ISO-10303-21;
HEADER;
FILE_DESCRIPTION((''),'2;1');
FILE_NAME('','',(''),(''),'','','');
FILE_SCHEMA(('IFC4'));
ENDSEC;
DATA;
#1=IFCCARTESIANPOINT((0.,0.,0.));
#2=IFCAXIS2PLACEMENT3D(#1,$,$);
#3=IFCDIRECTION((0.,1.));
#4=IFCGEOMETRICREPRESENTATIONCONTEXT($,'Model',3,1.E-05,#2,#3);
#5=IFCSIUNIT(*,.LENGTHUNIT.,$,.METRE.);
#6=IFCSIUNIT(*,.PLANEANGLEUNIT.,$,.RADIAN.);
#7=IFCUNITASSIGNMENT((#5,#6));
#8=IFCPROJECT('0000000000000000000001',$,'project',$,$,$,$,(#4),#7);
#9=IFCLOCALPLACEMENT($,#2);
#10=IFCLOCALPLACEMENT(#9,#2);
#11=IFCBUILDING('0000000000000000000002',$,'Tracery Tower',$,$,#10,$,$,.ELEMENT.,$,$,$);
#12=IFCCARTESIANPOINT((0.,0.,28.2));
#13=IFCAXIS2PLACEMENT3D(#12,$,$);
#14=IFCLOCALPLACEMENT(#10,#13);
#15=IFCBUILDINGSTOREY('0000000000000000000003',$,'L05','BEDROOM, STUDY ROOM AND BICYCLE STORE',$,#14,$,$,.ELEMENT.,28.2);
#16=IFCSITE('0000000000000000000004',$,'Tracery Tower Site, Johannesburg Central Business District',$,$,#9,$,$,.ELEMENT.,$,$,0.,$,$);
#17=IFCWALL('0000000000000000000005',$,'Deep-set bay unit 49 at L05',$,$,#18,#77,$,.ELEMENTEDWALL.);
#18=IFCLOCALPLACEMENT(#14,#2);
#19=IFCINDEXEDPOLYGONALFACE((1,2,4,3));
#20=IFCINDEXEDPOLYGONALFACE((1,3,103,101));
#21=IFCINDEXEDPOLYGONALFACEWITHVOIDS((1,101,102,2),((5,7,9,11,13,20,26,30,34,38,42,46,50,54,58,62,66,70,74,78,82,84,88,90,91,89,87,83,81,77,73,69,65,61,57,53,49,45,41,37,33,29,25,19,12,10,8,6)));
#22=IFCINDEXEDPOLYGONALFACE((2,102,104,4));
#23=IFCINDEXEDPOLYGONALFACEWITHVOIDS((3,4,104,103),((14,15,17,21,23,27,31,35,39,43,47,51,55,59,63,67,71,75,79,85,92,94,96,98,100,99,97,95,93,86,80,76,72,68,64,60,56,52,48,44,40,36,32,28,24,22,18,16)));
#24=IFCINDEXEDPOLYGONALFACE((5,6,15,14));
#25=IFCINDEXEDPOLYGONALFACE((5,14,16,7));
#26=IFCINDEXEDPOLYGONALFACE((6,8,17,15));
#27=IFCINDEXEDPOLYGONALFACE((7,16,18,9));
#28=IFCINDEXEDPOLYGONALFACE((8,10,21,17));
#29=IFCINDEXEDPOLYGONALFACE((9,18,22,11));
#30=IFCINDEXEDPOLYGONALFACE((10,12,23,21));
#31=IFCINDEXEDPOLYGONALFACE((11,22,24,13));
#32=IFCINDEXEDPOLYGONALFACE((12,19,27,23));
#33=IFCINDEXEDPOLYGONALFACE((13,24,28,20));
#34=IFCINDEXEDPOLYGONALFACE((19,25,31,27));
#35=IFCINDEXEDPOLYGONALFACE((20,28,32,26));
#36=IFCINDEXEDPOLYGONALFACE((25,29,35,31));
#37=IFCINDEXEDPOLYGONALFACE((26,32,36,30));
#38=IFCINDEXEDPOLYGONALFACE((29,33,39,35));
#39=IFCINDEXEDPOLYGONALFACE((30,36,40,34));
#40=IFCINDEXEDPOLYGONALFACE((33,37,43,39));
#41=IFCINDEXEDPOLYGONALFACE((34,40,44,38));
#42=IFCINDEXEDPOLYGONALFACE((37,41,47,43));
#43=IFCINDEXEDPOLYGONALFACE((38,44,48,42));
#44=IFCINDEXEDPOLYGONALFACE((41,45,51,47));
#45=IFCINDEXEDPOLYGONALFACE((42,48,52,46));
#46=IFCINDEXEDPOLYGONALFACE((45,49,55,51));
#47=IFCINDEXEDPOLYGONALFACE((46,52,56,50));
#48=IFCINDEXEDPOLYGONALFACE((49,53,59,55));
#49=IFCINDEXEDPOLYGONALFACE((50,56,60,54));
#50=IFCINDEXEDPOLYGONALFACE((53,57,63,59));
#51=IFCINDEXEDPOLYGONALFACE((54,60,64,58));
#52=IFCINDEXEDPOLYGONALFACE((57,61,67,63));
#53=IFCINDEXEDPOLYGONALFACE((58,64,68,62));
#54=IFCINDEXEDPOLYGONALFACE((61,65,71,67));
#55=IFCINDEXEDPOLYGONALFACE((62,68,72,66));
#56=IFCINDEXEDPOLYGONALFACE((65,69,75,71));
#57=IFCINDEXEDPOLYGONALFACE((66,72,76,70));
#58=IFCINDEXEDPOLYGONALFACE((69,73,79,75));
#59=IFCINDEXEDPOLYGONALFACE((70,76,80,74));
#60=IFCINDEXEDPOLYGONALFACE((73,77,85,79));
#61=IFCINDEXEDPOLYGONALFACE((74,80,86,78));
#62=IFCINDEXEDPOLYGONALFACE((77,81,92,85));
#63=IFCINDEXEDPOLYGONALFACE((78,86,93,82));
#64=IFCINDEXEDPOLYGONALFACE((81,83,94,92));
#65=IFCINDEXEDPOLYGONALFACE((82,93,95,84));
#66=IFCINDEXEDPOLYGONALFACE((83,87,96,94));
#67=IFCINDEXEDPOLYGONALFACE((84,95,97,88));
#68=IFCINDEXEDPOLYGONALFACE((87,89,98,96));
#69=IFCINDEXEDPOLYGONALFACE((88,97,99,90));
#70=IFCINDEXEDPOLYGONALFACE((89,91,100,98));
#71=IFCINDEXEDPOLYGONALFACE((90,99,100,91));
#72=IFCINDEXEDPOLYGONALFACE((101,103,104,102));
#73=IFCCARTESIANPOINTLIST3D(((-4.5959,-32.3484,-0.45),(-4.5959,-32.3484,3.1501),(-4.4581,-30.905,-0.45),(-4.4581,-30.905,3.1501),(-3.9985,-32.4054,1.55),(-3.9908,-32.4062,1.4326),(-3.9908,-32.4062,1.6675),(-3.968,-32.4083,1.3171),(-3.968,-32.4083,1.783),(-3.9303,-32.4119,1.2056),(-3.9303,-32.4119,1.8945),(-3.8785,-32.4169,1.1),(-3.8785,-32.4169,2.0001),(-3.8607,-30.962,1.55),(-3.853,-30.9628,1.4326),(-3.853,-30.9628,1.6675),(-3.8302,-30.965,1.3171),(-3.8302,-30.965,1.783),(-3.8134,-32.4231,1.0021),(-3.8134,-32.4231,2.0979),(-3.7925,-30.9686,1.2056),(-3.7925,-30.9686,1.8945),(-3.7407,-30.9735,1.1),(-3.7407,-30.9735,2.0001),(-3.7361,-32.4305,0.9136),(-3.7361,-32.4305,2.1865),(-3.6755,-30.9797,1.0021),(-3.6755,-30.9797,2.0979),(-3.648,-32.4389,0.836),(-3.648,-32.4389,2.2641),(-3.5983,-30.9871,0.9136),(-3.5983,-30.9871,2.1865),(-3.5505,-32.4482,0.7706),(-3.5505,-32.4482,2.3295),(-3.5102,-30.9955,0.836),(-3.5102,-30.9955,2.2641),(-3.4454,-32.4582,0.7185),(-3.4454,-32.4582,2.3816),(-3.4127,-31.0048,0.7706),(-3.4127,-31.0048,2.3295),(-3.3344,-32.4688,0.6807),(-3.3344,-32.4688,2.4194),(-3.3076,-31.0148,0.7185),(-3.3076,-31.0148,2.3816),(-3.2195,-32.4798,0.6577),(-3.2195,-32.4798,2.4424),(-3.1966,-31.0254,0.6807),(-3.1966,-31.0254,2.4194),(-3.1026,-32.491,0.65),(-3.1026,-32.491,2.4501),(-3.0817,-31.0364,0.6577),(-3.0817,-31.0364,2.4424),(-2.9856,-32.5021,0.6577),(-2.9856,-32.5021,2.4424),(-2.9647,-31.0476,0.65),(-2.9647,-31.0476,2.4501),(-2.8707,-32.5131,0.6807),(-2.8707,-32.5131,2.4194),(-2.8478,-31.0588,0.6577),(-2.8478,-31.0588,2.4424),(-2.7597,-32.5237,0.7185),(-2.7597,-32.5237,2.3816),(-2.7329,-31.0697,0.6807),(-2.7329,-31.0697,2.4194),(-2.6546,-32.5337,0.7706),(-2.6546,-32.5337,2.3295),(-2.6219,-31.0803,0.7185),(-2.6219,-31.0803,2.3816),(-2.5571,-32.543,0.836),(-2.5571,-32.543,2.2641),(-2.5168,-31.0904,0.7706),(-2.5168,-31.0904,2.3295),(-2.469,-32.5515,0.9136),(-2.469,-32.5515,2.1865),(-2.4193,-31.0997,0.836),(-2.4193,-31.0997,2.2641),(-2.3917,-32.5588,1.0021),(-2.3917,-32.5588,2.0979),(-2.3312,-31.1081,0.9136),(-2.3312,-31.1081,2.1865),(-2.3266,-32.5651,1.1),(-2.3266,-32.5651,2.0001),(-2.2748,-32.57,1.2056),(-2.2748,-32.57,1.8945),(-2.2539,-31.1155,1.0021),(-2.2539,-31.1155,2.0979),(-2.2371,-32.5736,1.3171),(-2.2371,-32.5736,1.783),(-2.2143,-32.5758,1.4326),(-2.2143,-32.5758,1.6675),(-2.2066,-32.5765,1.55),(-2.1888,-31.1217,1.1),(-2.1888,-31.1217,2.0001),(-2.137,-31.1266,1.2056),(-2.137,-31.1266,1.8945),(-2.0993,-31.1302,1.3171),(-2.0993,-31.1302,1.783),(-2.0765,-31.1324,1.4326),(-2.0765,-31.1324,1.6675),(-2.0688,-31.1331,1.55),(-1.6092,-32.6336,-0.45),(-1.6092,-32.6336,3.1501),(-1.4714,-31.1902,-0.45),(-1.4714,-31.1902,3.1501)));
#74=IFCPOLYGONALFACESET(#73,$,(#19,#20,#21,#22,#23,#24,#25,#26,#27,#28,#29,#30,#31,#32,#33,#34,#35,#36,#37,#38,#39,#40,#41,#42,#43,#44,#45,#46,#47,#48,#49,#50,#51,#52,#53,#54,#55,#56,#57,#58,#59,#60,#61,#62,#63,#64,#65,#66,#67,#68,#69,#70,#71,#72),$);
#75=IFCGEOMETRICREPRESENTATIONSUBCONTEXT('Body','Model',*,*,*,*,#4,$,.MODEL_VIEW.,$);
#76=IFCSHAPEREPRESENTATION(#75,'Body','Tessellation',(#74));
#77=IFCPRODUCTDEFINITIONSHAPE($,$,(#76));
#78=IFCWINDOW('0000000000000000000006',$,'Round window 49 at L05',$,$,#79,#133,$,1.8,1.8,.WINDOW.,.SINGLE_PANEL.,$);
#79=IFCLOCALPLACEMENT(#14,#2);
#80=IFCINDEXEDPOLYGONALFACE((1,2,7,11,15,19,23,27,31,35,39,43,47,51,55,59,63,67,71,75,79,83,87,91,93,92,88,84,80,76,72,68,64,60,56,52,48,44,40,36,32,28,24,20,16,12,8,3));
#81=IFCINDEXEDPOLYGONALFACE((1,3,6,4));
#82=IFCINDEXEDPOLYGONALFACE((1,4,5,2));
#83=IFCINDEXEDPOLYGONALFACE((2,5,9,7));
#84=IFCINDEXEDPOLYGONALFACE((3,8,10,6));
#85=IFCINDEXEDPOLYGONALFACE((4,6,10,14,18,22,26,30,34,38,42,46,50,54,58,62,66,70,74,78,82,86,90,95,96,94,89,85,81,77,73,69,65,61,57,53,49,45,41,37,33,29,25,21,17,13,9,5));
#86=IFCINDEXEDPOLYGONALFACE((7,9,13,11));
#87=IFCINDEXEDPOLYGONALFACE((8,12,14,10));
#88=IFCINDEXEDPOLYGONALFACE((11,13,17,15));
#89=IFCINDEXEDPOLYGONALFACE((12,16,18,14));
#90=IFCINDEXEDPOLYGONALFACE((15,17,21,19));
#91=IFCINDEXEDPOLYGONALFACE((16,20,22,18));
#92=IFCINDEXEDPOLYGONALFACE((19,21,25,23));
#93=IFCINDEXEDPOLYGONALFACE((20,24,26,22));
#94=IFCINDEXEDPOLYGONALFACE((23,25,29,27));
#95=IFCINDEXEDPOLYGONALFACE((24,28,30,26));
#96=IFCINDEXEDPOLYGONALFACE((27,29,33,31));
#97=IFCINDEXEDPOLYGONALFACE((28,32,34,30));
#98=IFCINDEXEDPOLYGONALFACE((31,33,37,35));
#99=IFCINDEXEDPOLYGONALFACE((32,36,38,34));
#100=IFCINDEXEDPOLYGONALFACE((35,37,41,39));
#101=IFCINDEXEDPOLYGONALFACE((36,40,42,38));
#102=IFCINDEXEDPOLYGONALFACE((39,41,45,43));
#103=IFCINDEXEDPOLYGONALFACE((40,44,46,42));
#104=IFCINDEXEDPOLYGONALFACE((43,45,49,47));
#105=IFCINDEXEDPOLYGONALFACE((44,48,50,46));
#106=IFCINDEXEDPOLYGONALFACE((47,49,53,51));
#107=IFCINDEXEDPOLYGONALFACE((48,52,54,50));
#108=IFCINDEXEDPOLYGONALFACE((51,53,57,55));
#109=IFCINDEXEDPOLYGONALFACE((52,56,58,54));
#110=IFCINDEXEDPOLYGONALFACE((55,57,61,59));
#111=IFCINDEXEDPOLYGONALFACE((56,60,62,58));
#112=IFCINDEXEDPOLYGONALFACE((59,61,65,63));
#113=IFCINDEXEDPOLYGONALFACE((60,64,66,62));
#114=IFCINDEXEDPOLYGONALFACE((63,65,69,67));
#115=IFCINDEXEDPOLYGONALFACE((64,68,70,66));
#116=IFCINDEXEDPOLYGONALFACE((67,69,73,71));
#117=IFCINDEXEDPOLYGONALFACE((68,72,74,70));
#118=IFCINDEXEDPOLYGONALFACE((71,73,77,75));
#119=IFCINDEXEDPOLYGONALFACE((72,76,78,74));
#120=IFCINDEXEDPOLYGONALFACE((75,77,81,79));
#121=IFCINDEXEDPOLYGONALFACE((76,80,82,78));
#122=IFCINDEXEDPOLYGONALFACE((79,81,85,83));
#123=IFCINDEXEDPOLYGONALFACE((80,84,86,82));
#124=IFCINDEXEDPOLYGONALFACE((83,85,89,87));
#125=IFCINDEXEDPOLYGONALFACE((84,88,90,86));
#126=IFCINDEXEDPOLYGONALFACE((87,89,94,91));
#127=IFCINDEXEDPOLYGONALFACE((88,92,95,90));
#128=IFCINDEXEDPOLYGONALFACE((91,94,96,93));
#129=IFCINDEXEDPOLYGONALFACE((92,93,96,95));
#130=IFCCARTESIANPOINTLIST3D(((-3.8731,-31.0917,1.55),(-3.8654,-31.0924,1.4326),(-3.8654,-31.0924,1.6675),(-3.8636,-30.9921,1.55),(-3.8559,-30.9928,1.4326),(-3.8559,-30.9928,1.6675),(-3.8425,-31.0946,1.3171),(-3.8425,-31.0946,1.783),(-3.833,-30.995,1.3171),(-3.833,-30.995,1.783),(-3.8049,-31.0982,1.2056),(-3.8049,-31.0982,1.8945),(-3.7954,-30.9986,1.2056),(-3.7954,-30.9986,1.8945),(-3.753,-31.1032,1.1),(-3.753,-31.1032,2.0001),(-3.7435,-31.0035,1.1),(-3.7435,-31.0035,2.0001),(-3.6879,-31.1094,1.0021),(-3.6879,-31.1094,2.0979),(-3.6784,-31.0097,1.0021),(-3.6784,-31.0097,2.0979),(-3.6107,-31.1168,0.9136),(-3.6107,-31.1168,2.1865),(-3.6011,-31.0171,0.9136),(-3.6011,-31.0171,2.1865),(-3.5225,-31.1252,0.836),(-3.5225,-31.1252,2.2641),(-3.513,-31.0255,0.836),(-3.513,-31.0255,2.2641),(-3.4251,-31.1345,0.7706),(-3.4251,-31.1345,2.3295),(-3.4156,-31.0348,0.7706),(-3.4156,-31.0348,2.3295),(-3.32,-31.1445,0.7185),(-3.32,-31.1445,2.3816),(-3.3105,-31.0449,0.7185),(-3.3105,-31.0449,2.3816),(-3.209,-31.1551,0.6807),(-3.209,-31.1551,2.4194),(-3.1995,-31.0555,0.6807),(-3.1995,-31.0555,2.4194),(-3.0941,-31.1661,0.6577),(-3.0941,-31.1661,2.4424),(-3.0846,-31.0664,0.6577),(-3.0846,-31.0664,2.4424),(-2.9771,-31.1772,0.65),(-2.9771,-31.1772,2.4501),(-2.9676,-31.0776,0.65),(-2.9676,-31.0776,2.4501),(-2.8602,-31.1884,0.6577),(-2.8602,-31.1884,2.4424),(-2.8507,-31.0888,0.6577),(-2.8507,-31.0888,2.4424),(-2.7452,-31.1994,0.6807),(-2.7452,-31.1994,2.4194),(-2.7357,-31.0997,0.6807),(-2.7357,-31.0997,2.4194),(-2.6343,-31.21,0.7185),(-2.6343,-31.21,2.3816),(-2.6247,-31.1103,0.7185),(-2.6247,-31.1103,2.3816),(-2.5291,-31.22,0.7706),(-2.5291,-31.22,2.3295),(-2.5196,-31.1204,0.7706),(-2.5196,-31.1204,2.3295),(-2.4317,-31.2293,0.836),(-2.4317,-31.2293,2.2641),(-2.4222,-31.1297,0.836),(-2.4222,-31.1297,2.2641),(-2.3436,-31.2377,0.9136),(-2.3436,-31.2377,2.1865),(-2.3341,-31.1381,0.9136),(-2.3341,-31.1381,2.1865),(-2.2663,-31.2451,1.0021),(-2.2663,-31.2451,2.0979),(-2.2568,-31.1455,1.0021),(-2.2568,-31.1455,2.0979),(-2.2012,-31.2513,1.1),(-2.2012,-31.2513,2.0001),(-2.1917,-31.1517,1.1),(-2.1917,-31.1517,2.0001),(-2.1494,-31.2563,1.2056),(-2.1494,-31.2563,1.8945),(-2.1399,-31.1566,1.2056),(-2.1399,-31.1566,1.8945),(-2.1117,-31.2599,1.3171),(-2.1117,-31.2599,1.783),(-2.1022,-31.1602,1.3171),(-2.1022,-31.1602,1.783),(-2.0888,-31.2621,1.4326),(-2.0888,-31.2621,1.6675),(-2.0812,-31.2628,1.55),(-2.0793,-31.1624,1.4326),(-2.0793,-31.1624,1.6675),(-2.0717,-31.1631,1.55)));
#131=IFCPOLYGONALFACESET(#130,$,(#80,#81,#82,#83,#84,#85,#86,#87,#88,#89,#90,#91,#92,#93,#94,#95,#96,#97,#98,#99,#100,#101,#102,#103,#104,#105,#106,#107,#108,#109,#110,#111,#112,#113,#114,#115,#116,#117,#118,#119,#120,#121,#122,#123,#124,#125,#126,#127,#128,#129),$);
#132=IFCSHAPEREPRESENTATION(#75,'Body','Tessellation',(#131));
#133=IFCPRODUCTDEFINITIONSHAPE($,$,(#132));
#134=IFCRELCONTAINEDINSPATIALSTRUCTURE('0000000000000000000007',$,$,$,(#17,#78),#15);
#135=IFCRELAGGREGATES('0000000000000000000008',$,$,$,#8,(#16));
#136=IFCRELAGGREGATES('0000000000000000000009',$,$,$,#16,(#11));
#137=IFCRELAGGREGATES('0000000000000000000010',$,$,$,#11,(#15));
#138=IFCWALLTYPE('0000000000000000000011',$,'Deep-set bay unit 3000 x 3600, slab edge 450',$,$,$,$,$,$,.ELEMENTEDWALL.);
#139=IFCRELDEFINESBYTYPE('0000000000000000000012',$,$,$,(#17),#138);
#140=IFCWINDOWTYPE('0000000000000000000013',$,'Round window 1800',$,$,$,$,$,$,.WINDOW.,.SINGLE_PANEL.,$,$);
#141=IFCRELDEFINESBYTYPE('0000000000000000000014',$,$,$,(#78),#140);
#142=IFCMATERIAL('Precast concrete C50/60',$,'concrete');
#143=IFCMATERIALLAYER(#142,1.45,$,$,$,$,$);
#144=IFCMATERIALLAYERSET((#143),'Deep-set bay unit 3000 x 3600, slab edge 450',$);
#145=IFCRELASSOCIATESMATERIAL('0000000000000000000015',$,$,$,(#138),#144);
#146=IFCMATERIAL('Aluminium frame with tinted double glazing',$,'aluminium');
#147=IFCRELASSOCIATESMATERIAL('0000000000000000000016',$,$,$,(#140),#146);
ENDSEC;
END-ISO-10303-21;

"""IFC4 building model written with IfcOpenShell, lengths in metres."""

from ifc_helpers import new_model, si_unit, direction, frame, frame_2d, origin, origin_2d, place, context, subcontext, project, spatial, rectangle, circle, extrude, material, layer, layer_set, type_object, element, fill, save


model = new_model("IFC4")

# Units and contexts
model_context = context("Model", 3, precision=1e-05, world=origin(), true_north=direction((0.0, 1.0)))
body_context = subcontext(model_context, "Body", "Model", "MODEL_VIEW")
ifc_project = project(units=[si_unit("LENGTHUNIT", "METRE"), si_unit("PLANEANGLEUNIT", "RADIAN")], contexts=[model_context])

# Site, building, storey
site_placement = place(None, origin())
site = spatial("IfcSite", under=ifc_project, at=site_placement, Name="Tracery Tower Site, Johannesburg Central Business District", CompositionType="ELEMENT", RefElevation=0.0)
building_placement = place(site_placement, origin())
building = spatial("IfcBuilding", under=site, at=building_placement, Name="Tracery Tower", CompositionType="ELEMENT")
storey_placement = place(building_placement, frame((0.0, 0.0, 28.2)))
storey = spatial("IfcBuildingStorey", under=building, at=storey_placement, Name="L05", Description="BEDROOM, STUDY ROOM AND BICYCLE STORE", CompositionType="ELEMENT", Elevation=28.2)

# Wall, opening, window
ifc_material_1 = material(Name="Precast concrete C50/60", Category="concrete")
ifc_layer_1 = layer(ifc_material_1, 1.45)
ifc_layer_set_1 = layer_set([ifc_layer_1], Name="Deep-set bay unit 3000 x 3600, slab edge 450")
wall_type_1 = type_object("IfcWallType", Name="Deep-set bay unit 3000 x 3600, slab edge 450", PredefinedType="ELEMENTEDWALL", material=ifc_layer_set_1)
ifc_material_2 = material(Name="Aluminium frame with tinted double glazing", Category="aluminium")
window_type = type_object("IfcWindowType", Name="Round window 1800", PartitioningType="SINGLE_PANEL", PredefinedType="WINDOW", material=ifc_material_2)
wall_1_placement = place(storey_placement, frame((-4.5269, -31.6267, -0.45), z_axis=(0.0, 0.0, 1.0), x_axis=(0.995473, -0.095047, 0.0)))
wall_1 = element("IfcWall", 1, at=wall_1_placement, inside=storey, type_object=wall_type_1, Name="Deep-set bay unit 49 at L05", PredefinedType="ELEMENTEDWALL", context=body_context, shape_type="SweptSolid", body=[
    extrude(rectangle(XDim=3.0002, YDim=1.45, at=frame_2d((1.5, 0.0))), origin(), (0.0, 0.0, 1.0), 3.6001),
])
opening_1_placement = place(wall_1_placement, frame((1.5, 0.0, 2.0)))
opening_1 = element("IfcOpeningElement", 2, at=opening_1_placement, cuts=wall_1, PredefinedType="OPENING", context=body_context, shape_type="SweptSolid", body=[
    extrude(circle(Radius=0.9, at=origin_2d()), frame((0.0, 0.7349, 0.0), z_axis=(0.0, -1.0, 0.0), x_axis=(1.0, 0.0, 0.0)), (0.0, 0.0, 1.0), 1.47),
])
window_1_placement = place(opening_1_placement, origin())
window_1 = element("IfcWindow", 3, at=window_1_placement, inside=storey, type_object=window_type, Name="Round window 49 at L05", OverallHeight=1.8, OverallWidth=1.8, PartitioningType="SINGLE_PANEL", PredefinedType="WINDOW", context=body_context, shape_type="SweptSolid", body=[
    extrude(circle(Radius=0.9, at=origin_2d()), frame((0.0, 0.6948, 0.0), z_axis=(0.0, -1.0, 0.0), x_axis=(1.0, 0.0, 0.0)), (0.0, 0.0, 1.0), 0.1001),
])
fill(opening_1, window_1)

save(model, "model.ifc")
